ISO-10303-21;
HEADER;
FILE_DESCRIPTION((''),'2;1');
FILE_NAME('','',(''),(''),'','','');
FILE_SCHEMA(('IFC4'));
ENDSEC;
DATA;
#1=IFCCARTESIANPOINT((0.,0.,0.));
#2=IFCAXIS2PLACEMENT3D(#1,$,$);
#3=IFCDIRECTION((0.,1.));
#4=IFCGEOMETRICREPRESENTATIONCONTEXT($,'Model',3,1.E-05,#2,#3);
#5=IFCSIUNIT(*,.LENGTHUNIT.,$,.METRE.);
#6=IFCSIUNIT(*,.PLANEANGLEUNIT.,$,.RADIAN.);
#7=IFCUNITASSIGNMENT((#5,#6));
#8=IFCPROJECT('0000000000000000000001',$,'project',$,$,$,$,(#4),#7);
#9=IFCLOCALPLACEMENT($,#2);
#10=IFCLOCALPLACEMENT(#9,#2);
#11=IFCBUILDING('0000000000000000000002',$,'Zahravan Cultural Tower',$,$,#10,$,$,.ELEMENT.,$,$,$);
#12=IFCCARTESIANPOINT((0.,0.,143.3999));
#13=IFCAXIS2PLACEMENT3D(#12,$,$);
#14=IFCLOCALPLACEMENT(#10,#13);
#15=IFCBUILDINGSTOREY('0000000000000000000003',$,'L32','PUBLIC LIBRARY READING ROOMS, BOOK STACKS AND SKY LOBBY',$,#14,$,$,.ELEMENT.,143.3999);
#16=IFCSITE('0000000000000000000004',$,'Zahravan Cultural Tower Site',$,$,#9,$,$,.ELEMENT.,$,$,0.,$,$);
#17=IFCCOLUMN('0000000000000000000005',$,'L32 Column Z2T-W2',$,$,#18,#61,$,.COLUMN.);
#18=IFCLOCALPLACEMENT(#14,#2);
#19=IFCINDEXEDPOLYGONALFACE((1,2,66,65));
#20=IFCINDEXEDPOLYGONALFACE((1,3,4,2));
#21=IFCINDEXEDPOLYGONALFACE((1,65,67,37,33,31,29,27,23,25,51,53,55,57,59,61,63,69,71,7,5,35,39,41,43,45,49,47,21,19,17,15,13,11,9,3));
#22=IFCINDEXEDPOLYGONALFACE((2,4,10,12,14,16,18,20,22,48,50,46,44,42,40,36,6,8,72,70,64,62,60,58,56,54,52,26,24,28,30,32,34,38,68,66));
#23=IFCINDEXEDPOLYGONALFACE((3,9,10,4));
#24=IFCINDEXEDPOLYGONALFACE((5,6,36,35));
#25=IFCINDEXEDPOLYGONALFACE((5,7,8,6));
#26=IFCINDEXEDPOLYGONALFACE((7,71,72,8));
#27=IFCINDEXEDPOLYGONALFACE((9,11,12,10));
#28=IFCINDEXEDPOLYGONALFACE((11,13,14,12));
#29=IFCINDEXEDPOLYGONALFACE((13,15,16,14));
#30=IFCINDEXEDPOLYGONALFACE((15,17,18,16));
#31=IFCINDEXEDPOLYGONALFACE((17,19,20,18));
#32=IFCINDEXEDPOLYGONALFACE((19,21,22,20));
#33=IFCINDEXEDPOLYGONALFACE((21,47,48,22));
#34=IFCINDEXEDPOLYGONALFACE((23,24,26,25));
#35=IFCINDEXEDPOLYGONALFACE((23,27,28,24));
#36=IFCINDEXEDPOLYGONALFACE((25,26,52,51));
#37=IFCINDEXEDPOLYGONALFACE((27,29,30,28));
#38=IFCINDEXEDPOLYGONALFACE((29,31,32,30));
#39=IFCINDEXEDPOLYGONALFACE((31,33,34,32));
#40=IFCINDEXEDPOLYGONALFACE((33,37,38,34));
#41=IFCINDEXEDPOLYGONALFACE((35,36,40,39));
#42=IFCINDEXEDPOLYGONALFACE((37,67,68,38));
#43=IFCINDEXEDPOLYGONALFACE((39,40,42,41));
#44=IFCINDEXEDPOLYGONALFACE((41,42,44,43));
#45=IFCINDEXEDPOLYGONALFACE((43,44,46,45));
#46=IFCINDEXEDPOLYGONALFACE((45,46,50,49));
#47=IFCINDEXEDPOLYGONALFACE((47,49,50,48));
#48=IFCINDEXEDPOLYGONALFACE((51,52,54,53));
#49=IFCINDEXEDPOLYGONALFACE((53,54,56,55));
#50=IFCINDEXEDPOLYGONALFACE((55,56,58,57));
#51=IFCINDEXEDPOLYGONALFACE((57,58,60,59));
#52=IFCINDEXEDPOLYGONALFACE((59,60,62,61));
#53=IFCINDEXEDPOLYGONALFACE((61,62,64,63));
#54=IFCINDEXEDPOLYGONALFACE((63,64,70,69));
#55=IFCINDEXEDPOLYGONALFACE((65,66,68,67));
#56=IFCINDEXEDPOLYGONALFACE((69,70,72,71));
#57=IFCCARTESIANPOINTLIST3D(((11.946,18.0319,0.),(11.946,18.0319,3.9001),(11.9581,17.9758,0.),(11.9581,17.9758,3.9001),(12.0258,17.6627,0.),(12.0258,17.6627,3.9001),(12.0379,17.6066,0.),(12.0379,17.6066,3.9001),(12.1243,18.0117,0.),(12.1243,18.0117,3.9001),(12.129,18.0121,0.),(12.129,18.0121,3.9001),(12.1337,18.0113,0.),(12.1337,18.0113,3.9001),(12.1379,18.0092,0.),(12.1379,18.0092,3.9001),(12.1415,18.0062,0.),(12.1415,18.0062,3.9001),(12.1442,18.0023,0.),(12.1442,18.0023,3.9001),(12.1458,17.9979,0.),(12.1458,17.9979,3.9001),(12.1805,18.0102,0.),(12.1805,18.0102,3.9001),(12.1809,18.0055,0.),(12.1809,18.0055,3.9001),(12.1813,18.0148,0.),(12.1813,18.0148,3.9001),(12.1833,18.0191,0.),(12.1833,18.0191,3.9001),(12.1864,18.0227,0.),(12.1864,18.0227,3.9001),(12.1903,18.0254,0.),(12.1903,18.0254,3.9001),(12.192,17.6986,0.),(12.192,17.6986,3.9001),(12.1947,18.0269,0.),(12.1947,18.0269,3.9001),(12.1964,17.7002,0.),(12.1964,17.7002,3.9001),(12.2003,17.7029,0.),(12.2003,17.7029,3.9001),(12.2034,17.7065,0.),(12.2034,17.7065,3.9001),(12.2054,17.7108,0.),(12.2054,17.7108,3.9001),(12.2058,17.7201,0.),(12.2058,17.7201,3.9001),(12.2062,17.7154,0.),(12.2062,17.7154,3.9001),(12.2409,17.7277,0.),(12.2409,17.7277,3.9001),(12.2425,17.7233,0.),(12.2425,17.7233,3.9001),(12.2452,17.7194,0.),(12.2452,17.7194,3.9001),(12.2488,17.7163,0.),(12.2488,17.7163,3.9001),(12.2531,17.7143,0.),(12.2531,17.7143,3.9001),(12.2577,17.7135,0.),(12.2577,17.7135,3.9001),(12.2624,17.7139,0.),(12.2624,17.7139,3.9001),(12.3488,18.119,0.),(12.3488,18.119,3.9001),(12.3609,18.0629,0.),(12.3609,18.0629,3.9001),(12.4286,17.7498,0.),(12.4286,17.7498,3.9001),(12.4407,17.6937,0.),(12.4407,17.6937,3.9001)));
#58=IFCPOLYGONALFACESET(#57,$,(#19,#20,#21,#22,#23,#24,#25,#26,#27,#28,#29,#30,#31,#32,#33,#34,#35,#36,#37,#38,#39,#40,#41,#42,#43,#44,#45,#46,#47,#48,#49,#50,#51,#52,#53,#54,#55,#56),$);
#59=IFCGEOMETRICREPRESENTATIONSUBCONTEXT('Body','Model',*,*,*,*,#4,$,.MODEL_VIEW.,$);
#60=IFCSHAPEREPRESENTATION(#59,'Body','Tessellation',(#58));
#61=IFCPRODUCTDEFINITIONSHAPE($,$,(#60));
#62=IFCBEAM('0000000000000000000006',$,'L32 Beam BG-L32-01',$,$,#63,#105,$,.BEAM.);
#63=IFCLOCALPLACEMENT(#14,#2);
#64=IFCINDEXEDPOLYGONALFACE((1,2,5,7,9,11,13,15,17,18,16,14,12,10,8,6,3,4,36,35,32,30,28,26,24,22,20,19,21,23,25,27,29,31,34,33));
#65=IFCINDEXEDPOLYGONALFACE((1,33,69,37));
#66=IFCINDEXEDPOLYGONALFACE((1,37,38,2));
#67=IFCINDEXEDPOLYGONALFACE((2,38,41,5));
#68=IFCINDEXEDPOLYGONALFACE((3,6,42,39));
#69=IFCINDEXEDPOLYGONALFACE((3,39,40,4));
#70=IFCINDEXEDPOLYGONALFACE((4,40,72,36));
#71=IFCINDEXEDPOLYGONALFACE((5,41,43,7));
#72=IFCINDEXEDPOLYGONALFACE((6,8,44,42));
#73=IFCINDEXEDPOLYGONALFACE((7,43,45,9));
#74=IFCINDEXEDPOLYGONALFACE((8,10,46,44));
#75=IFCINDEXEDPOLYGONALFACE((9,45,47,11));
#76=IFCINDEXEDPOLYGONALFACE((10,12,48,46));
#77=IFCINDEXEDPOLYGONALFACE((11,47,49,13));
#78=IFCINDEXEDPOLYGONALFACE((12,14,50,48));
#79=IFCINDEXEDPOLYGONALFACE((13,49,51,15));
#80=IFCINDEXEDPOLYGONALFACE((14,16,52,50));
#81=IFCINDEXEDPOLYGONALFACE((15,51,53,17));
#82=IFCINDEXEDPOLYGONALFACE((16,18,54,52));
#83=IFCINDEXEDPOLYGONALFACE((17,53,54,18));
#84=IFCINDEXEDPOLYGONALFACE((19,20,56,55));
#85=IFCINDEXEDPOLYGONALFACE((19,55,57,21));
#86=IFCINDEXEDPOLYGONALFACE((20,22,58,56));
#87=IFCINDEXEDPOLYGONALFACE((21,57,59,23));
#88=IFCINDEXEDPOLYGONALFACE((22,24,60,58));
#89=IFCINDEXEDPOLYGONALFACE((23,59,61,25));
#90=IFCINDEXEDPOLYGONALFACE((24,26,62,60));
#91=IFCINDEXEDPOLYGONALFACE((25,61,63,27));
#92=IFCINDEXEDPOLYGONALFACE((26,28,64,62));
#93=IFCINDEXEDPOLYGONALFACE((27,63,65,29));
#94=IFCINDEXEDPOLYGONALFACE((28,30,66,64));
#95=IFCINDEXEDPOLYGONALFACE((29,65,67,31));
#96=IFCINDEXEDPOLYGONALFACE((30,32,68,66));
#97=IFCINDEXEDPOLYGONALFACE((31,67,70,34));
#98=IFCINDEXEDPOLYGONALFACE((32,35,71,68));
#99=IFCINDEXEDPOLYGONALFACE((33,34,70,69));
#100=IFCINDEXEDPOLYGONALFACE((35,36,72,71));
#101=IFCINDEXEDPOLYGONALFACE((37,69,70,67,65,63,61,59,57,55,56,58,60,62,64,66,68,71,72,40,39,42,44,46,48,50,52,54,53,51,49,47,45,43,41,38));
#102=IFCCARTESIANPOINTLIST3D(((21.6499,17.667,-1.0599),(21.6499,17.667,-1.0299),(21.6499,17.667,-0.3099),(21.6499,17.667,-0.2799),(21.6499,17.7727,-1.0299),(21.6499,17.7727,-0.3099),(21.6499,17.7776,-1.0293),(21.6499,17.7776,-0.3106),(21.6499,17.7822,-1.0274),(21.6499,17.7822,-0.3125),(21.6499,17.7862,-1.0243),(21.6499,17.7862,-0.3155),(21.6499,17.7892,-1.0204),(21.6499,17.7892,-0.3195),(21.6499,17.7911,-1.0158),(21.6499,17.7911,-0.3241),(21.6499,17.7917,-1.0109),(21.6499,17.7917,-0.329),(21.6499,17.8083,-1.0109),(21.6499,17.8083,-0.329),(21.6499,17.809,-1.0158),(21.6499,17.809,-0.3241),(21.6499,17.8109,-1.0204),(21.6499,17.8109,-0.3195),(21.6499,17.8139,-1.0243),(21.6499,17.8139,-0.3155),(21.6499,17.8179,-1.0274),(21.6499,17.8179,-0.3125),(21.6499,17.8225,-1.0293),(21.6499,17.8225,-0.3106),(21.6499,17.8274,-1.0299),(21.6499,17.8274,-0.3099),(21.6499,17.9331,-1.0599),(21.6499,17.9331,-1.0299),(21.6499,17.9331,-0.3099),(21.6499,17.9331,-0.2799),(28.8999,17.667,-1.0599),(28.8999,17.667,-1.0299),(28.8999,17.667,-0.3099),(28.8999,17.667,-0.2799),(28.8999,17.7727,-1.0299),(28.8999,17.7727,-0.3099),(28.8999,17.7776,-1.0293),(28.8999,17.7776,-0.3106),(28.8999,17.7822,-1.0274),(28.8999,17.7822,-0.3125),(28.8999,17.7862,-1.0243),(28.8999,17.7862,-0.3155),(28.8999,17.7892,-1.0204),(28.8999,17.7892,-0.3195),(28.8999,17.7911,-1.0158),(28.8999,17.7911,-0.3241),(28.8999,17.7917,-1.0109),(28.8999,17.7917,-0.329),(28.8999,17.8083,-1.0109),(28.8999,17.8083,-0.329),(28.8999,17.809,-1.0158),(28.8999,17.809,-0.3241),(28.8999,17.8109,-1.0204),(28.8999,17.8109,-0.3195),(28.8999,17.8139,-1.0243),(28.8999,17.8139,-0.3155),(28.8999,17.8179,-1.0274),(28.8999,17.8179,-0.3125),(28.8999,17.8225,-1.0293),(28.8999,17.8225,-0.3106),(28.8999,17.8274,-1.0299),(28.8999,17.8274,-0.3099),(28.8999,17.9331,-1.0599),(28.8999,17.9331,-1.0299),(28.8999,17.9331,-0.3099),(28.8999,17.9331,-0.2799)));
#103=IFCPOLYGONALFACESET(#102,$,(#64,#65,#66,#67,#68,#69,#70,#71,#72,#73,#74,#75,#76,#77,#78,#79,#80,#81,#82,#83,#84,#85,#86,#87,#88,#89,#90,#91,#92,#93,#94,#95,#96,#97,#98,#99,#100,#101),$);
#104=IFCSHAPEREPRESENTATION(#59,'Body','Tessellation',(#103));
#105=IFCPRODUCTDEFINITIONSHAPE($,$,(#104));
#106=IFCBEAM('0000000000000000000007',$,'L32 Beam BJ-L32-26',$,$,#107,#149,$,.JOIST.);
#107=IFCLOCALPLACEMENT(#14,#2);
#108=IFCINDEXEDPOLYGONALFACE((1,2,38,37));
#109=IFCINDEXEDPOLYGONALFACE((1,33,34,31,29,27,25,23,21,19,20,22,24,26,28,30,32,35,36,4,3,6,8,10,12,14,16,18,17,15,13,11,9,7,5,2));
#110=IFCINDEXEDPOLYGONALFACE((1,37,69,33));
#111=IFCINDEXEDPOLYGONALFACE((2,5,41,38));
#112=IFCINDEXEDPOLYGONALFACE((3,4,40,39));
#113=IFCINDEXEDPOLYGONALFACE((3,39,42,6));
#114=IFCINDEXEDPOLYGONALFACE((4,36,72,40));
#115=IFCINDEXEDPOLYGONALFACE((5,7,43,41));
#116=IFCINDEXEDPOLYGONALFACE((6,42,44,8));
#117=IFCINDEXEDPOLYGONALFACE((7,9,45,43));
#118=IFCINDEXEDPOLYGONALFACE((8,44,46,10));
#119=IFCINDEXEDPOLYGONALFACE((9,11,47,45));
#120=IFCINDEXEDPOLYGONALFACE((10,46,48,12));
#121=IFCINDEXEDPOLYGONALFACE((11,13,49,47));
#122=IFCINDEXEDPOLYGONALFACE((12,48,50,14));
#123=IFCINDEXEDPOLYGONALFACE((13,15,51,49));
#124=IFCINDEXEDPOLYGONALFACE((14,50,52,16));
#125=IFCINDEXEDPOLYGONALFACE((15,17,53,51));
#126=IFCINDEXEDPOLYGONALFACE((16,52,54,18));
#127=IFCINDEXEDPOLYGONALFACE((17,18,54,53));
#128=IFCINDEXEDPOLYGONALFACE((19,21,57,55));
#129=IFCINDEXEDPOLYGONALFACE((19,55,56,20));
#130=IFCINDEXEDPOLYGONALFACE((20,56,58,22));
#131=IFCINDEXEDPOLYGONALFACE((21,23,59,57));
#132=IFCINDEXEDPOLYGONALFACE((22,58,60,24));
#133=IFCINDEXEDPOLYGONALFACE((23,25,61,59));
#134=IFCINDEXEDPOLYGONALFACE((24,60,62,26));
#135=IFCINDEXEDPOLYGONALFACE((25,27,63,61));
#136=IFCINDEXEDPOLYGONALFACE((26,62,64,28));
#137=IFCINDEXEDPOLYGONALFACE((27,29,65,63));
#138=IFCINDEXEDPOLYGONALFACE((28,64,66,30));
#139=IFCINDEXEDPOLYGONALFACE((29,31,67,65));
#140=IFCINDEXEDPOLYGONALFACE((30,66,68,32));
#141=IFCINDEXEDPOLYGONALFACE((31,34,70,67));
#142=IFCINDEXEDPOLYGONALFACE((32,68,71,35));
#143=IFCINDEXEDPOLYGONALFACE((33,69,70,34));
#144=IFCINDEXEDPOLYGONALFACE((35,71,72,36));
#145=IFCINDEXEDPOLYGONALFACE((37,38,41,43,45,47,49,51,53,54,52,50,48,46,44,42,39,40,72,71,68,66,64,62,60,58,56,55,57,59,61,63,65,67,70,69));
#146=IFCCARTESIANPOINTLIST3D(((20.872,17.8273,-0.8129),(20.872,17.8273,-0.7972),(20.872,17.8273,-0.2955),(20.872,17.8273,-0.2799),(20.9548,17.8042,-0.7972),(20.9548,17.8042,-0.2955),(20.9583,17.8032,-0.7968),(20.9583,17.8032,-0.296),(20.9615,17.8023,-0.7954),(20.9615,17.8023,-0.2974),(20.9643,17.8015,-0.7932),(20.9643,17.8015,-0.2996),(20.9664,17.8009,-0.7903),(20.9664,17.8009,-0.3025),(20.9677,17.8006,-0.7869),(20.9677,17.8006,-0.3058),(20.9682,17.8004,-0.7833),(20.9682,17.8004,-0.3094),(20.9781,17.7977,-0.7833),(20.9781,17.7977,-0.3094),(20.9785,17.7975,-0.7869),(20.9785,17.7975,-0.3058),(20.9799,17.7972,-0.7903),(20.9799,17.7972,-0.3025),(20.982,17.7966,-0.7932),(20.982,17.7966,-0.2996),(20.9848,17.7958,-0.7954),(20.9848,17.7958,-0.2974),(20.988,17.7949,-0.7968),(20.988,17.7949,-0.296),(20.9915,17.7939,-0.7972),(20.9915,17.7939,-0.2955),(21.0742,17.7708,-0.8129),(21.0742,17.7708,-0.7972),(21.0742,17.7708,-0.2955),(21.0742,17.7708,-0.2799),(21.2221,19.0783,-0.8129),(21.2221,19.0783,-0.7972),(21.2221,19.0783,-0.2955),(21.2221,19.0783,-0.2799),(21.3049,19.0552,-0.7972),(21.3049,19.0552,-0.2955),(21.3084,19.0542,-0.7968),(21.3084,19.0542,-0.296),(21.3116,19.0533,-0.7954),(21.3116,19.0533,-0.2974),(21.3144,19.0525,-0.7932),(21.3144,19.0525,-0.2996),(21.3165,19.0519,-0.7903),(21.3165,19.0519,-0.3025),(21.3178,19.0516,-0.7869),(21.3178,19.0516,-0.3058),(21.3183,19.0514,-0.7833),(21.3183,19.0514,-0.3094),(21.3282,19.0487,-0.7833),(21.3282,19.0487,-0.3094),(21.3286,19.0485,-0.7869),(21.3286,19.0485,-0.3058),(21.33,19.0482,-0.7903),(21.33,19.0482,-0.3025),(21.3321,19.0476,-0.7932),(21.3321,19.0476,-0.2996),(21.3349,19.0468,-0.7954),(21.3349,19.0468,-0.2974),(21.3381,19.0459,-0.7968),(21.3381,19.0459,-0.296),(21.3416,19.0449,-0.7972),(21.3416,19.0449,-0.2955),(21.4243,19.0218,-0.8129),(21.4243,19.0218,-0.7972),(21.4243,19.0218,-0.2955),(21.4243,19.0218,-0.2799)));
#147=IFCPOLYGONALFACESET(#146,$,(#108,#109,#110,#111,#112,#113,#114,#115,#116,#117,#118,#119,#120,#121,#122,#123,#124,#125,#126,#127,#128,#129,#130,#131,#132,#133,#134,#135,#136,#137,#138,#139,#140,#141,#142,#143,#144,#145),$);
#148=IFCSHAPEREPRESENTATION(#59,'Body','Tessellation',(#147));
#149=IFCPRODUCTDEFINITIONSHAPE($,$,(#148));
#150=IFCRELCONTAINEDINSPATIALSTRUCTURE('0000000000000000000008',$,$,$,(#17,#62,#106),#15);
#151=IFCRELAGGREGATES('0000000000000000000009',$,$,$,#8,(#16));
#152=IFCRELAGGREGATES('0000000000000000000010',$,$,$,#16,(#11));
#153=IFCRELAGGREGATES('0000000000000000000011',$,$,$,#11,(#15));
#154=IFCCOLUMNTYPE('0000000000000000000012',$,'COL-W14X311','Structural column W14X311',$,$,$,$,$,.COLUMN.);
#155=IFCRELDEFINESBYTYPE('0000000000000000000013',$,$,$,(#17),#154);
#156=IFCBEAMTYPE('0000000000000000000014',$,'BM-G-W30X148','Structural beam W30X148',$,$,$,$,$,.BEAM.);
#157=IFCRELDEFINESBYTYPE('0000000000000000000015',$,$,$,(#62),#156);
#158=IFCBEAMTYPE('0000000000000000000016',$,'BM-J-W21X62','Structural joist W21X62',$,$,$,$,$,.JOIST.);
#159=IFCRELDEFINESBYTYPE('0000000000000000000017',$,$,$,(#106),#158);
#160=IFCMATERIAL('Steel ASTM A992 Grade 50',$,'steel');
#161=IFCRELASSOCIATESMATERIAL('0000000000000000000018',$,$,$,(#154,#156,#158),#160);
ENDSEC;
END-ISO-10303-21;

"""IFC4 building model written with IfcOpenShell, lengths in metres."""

from ifc_helpers import new_model, si_unit, direction, frame, origin, origin_2d, place, context, subcontext, project, spatial, i_section, extrude, source, transform, mapped, material, material_profile, profile_set, type_object, element, save


model = new_model("IFC4")

# Units and contexts
model_context = context("Model", 3, precision=1e-05, world=origin(), true_north=direction((0.0, 1.0)))
body_context = subcontext(model_context, "Body", "Model", "MODEL_VIEW")
ifc_project = project(units=[si_unit("LENGTHUNIT", "METRE"), si_unit("PLANEANGLEUNIT", "RADIAN")], contexts=[model_context])

# Site, building, storey
site_placement = place(None, origin())
site = spatial("IfcSite", under=ifc_project, at=site_placement, Name="Zahravan Cultural Tower Site", CompositionType="ELEMENT", RefElevation=0.0)
building_placement = place(site_placement, origin())
building = spatial("IfcBuilding", under=site, at=building_placement, Name="Zahravan Cultural Tower", CompositionType="ELEMENT")
storey_placement = place(building_placement, frame((0.0, 0.0, 143.3999)))
storey = spatial("IfcBuildingStorey", under=building, at=storey_placement, Name="L32", Description="PUBLIC LIBRARY READING ROOMS, BOOK STACKS AND SKY LOBBY", CompositionType="ELEMENT", Elevation=143.3999)

# Column
ifc_material_1 = material(Name="Steel ASTM A992 Grade 50", Category="steel")
ifc_material_profile_1 = material_profile(ifc_material_1, i_section(OverallWidth=0.4121, OverallDepth=0.4351, WebThickness=0.0359, FlangeThickness=0.0574, FilletRadius=0.0181, at=origin_2d()), Name="W14X311")
ifc_profile_set_1 = profile_set([ifc_material_profile_1], Name="Steel ASTM A992 Grade 50")
column_type = type_object("IfcColumnType", Name="COL-W14X311", Description="Structural column W14X311", PredefinedType="COLUMN", material=ifc_profile_set_1)
shared_shape_1 = source(origin(), body_context, "Body", "SweptSolid", [
    extrude(i_section(OverallWidth=0.4121, OverallDepth=0.4351, WebThickness=0.0359, FlangeThickness=0.0574, FilletRadius=0.0181, at=origin_2d()), origin(), (0.0, 0.0, 1.0), 3.9001),
])
column_placement = place(storey_placement, frame((12.1934, 17.8628, 0.0), z_axis=(0.0, 0.0, 1.0), x_axis=(0.977416, 0.211325, 0.0)))
element("IfcColumn", 1, at=column_placement, inside=storey, type_object=column_type, Name="L32 Column Z2T-W2", PredefinedType="COLUMN", context=body_context, shape_type="MappedRepresentation", body=[
    mapped(shared_shape_1, transform((0.0, 0.0, 0.0), x_axis=(1.0, 0.0, 0.0), y_axis=(0.0, 1.0, 0.0), z_axis=(0.0, 0.0, 1.0), scale=1.0)),
])

# Beams
ifc_material_profile_2 = material_profile(ifc_material_1, i_section(OverallWidth=0.2661, OverallDepth=0.78, WebThickness=0.0166, FlangeThickness=0.03, FilletRadius=0.019, at=origin_2d()), Name="W30X148")
ifc_profile_set_2 = profile_set([ifc_material_profile_2], Name="Steel ASTM A992 Grade 50")
beam_type_1 = type_object("IfcBeamType", Name="BM-G-W30X148", Description="Structural beam W30X148", PredefinedType="BEAM", material=ifc_profile_set_2)
shared_shape_2 = source(origin(), body_context, "Body", "SweptSolid", [
    extrude(i_section(OverallWidth=0.2661, OverallDepth=0.78, WebThickness=0.0166, FlangeThickness=0.03, FilletRadius=0.019, at=origin_2d()), origin(), (0.0, 0.0, 1.0), 7.25),
])
beam_1_placement = place(storey_placement, frame((21.6499, 17.8, -0.6699), z_axis=(1.0, 0.0, 0.0), x_axis=(0.0, 1.0, 0.0)))
element("IfcBeam", 2, at=beam_1_placement, inside=storey, type_object=beam_type_1, Name="L32 Beam BG-L32-01", PredefinedType="BEAM", context=body_context, shape_type="MappedRepresentation", body=[
    mapped(shared_shape_2, transform((0.0, 0.0, 0.0), x_axis=(1.0, 0.0, 0.0), y_axis=(0.0, 1.0, 0.0), z_axis=(0.0, 0.0, 1.0), scale=1.0)),
])
ifc_material_profile_3 = material_profile(ifc_material_1, i_section(OverallWidth=0.21, OverallDepth=0.533, WebThickness=0.0103, FlangeThickness=0.0156, FilletRadius=0.0139, at=origin_2d()), Name="W21X62")
ifc_profile_set_3 = profile_set([ifc_material_profile_3], Name="Steel ASTM A992 Grade 50")
beam_type_2 = type_object("IfcBeamType", Name="BM-J-W21X62", Description="Structural joist W21X62", PredefinedType="JOIST", material=ifc_profile_set_3)
shared_shape_3 = source(origin(), body_context, "Body", "SweptSolid", [
    extrude(i_section(OverallWidth=0.21, OverallDepth=0.533, WebThickness=0.0103, FlangeThickness=0.0156, FilletRadius=0.0139, at=origin_2d()), origin(), (0.0, 0.0, 1.0), 1.2991),
])
beam_2_placement = place(storey_placement, frame((21.3232, 19.05, -0.5464), z_axis=(-0.269504, -0.962999, 0.0), x_axis=(0.962999, -0.269504, 0.0)))
element("IfcBeam", 3, at=beam_2_placement, inside=storey, type_object=beam_type_2, Name="L32 Beam BJ-L32-26", PredefinedType="JOIST", context=body_context, shape_type="MappedRepresentation", body=[
    mapped(shared_shape_3, transform((0.0, 0.0, 0.0), x_axis=(1.0, 0.0, 0.0), y_axis=(0.0, 1.0, 0.0), z_axis=(0.0, 0.0, 1.0), scale=1.0)),
])

save(model, "model.ifc")
